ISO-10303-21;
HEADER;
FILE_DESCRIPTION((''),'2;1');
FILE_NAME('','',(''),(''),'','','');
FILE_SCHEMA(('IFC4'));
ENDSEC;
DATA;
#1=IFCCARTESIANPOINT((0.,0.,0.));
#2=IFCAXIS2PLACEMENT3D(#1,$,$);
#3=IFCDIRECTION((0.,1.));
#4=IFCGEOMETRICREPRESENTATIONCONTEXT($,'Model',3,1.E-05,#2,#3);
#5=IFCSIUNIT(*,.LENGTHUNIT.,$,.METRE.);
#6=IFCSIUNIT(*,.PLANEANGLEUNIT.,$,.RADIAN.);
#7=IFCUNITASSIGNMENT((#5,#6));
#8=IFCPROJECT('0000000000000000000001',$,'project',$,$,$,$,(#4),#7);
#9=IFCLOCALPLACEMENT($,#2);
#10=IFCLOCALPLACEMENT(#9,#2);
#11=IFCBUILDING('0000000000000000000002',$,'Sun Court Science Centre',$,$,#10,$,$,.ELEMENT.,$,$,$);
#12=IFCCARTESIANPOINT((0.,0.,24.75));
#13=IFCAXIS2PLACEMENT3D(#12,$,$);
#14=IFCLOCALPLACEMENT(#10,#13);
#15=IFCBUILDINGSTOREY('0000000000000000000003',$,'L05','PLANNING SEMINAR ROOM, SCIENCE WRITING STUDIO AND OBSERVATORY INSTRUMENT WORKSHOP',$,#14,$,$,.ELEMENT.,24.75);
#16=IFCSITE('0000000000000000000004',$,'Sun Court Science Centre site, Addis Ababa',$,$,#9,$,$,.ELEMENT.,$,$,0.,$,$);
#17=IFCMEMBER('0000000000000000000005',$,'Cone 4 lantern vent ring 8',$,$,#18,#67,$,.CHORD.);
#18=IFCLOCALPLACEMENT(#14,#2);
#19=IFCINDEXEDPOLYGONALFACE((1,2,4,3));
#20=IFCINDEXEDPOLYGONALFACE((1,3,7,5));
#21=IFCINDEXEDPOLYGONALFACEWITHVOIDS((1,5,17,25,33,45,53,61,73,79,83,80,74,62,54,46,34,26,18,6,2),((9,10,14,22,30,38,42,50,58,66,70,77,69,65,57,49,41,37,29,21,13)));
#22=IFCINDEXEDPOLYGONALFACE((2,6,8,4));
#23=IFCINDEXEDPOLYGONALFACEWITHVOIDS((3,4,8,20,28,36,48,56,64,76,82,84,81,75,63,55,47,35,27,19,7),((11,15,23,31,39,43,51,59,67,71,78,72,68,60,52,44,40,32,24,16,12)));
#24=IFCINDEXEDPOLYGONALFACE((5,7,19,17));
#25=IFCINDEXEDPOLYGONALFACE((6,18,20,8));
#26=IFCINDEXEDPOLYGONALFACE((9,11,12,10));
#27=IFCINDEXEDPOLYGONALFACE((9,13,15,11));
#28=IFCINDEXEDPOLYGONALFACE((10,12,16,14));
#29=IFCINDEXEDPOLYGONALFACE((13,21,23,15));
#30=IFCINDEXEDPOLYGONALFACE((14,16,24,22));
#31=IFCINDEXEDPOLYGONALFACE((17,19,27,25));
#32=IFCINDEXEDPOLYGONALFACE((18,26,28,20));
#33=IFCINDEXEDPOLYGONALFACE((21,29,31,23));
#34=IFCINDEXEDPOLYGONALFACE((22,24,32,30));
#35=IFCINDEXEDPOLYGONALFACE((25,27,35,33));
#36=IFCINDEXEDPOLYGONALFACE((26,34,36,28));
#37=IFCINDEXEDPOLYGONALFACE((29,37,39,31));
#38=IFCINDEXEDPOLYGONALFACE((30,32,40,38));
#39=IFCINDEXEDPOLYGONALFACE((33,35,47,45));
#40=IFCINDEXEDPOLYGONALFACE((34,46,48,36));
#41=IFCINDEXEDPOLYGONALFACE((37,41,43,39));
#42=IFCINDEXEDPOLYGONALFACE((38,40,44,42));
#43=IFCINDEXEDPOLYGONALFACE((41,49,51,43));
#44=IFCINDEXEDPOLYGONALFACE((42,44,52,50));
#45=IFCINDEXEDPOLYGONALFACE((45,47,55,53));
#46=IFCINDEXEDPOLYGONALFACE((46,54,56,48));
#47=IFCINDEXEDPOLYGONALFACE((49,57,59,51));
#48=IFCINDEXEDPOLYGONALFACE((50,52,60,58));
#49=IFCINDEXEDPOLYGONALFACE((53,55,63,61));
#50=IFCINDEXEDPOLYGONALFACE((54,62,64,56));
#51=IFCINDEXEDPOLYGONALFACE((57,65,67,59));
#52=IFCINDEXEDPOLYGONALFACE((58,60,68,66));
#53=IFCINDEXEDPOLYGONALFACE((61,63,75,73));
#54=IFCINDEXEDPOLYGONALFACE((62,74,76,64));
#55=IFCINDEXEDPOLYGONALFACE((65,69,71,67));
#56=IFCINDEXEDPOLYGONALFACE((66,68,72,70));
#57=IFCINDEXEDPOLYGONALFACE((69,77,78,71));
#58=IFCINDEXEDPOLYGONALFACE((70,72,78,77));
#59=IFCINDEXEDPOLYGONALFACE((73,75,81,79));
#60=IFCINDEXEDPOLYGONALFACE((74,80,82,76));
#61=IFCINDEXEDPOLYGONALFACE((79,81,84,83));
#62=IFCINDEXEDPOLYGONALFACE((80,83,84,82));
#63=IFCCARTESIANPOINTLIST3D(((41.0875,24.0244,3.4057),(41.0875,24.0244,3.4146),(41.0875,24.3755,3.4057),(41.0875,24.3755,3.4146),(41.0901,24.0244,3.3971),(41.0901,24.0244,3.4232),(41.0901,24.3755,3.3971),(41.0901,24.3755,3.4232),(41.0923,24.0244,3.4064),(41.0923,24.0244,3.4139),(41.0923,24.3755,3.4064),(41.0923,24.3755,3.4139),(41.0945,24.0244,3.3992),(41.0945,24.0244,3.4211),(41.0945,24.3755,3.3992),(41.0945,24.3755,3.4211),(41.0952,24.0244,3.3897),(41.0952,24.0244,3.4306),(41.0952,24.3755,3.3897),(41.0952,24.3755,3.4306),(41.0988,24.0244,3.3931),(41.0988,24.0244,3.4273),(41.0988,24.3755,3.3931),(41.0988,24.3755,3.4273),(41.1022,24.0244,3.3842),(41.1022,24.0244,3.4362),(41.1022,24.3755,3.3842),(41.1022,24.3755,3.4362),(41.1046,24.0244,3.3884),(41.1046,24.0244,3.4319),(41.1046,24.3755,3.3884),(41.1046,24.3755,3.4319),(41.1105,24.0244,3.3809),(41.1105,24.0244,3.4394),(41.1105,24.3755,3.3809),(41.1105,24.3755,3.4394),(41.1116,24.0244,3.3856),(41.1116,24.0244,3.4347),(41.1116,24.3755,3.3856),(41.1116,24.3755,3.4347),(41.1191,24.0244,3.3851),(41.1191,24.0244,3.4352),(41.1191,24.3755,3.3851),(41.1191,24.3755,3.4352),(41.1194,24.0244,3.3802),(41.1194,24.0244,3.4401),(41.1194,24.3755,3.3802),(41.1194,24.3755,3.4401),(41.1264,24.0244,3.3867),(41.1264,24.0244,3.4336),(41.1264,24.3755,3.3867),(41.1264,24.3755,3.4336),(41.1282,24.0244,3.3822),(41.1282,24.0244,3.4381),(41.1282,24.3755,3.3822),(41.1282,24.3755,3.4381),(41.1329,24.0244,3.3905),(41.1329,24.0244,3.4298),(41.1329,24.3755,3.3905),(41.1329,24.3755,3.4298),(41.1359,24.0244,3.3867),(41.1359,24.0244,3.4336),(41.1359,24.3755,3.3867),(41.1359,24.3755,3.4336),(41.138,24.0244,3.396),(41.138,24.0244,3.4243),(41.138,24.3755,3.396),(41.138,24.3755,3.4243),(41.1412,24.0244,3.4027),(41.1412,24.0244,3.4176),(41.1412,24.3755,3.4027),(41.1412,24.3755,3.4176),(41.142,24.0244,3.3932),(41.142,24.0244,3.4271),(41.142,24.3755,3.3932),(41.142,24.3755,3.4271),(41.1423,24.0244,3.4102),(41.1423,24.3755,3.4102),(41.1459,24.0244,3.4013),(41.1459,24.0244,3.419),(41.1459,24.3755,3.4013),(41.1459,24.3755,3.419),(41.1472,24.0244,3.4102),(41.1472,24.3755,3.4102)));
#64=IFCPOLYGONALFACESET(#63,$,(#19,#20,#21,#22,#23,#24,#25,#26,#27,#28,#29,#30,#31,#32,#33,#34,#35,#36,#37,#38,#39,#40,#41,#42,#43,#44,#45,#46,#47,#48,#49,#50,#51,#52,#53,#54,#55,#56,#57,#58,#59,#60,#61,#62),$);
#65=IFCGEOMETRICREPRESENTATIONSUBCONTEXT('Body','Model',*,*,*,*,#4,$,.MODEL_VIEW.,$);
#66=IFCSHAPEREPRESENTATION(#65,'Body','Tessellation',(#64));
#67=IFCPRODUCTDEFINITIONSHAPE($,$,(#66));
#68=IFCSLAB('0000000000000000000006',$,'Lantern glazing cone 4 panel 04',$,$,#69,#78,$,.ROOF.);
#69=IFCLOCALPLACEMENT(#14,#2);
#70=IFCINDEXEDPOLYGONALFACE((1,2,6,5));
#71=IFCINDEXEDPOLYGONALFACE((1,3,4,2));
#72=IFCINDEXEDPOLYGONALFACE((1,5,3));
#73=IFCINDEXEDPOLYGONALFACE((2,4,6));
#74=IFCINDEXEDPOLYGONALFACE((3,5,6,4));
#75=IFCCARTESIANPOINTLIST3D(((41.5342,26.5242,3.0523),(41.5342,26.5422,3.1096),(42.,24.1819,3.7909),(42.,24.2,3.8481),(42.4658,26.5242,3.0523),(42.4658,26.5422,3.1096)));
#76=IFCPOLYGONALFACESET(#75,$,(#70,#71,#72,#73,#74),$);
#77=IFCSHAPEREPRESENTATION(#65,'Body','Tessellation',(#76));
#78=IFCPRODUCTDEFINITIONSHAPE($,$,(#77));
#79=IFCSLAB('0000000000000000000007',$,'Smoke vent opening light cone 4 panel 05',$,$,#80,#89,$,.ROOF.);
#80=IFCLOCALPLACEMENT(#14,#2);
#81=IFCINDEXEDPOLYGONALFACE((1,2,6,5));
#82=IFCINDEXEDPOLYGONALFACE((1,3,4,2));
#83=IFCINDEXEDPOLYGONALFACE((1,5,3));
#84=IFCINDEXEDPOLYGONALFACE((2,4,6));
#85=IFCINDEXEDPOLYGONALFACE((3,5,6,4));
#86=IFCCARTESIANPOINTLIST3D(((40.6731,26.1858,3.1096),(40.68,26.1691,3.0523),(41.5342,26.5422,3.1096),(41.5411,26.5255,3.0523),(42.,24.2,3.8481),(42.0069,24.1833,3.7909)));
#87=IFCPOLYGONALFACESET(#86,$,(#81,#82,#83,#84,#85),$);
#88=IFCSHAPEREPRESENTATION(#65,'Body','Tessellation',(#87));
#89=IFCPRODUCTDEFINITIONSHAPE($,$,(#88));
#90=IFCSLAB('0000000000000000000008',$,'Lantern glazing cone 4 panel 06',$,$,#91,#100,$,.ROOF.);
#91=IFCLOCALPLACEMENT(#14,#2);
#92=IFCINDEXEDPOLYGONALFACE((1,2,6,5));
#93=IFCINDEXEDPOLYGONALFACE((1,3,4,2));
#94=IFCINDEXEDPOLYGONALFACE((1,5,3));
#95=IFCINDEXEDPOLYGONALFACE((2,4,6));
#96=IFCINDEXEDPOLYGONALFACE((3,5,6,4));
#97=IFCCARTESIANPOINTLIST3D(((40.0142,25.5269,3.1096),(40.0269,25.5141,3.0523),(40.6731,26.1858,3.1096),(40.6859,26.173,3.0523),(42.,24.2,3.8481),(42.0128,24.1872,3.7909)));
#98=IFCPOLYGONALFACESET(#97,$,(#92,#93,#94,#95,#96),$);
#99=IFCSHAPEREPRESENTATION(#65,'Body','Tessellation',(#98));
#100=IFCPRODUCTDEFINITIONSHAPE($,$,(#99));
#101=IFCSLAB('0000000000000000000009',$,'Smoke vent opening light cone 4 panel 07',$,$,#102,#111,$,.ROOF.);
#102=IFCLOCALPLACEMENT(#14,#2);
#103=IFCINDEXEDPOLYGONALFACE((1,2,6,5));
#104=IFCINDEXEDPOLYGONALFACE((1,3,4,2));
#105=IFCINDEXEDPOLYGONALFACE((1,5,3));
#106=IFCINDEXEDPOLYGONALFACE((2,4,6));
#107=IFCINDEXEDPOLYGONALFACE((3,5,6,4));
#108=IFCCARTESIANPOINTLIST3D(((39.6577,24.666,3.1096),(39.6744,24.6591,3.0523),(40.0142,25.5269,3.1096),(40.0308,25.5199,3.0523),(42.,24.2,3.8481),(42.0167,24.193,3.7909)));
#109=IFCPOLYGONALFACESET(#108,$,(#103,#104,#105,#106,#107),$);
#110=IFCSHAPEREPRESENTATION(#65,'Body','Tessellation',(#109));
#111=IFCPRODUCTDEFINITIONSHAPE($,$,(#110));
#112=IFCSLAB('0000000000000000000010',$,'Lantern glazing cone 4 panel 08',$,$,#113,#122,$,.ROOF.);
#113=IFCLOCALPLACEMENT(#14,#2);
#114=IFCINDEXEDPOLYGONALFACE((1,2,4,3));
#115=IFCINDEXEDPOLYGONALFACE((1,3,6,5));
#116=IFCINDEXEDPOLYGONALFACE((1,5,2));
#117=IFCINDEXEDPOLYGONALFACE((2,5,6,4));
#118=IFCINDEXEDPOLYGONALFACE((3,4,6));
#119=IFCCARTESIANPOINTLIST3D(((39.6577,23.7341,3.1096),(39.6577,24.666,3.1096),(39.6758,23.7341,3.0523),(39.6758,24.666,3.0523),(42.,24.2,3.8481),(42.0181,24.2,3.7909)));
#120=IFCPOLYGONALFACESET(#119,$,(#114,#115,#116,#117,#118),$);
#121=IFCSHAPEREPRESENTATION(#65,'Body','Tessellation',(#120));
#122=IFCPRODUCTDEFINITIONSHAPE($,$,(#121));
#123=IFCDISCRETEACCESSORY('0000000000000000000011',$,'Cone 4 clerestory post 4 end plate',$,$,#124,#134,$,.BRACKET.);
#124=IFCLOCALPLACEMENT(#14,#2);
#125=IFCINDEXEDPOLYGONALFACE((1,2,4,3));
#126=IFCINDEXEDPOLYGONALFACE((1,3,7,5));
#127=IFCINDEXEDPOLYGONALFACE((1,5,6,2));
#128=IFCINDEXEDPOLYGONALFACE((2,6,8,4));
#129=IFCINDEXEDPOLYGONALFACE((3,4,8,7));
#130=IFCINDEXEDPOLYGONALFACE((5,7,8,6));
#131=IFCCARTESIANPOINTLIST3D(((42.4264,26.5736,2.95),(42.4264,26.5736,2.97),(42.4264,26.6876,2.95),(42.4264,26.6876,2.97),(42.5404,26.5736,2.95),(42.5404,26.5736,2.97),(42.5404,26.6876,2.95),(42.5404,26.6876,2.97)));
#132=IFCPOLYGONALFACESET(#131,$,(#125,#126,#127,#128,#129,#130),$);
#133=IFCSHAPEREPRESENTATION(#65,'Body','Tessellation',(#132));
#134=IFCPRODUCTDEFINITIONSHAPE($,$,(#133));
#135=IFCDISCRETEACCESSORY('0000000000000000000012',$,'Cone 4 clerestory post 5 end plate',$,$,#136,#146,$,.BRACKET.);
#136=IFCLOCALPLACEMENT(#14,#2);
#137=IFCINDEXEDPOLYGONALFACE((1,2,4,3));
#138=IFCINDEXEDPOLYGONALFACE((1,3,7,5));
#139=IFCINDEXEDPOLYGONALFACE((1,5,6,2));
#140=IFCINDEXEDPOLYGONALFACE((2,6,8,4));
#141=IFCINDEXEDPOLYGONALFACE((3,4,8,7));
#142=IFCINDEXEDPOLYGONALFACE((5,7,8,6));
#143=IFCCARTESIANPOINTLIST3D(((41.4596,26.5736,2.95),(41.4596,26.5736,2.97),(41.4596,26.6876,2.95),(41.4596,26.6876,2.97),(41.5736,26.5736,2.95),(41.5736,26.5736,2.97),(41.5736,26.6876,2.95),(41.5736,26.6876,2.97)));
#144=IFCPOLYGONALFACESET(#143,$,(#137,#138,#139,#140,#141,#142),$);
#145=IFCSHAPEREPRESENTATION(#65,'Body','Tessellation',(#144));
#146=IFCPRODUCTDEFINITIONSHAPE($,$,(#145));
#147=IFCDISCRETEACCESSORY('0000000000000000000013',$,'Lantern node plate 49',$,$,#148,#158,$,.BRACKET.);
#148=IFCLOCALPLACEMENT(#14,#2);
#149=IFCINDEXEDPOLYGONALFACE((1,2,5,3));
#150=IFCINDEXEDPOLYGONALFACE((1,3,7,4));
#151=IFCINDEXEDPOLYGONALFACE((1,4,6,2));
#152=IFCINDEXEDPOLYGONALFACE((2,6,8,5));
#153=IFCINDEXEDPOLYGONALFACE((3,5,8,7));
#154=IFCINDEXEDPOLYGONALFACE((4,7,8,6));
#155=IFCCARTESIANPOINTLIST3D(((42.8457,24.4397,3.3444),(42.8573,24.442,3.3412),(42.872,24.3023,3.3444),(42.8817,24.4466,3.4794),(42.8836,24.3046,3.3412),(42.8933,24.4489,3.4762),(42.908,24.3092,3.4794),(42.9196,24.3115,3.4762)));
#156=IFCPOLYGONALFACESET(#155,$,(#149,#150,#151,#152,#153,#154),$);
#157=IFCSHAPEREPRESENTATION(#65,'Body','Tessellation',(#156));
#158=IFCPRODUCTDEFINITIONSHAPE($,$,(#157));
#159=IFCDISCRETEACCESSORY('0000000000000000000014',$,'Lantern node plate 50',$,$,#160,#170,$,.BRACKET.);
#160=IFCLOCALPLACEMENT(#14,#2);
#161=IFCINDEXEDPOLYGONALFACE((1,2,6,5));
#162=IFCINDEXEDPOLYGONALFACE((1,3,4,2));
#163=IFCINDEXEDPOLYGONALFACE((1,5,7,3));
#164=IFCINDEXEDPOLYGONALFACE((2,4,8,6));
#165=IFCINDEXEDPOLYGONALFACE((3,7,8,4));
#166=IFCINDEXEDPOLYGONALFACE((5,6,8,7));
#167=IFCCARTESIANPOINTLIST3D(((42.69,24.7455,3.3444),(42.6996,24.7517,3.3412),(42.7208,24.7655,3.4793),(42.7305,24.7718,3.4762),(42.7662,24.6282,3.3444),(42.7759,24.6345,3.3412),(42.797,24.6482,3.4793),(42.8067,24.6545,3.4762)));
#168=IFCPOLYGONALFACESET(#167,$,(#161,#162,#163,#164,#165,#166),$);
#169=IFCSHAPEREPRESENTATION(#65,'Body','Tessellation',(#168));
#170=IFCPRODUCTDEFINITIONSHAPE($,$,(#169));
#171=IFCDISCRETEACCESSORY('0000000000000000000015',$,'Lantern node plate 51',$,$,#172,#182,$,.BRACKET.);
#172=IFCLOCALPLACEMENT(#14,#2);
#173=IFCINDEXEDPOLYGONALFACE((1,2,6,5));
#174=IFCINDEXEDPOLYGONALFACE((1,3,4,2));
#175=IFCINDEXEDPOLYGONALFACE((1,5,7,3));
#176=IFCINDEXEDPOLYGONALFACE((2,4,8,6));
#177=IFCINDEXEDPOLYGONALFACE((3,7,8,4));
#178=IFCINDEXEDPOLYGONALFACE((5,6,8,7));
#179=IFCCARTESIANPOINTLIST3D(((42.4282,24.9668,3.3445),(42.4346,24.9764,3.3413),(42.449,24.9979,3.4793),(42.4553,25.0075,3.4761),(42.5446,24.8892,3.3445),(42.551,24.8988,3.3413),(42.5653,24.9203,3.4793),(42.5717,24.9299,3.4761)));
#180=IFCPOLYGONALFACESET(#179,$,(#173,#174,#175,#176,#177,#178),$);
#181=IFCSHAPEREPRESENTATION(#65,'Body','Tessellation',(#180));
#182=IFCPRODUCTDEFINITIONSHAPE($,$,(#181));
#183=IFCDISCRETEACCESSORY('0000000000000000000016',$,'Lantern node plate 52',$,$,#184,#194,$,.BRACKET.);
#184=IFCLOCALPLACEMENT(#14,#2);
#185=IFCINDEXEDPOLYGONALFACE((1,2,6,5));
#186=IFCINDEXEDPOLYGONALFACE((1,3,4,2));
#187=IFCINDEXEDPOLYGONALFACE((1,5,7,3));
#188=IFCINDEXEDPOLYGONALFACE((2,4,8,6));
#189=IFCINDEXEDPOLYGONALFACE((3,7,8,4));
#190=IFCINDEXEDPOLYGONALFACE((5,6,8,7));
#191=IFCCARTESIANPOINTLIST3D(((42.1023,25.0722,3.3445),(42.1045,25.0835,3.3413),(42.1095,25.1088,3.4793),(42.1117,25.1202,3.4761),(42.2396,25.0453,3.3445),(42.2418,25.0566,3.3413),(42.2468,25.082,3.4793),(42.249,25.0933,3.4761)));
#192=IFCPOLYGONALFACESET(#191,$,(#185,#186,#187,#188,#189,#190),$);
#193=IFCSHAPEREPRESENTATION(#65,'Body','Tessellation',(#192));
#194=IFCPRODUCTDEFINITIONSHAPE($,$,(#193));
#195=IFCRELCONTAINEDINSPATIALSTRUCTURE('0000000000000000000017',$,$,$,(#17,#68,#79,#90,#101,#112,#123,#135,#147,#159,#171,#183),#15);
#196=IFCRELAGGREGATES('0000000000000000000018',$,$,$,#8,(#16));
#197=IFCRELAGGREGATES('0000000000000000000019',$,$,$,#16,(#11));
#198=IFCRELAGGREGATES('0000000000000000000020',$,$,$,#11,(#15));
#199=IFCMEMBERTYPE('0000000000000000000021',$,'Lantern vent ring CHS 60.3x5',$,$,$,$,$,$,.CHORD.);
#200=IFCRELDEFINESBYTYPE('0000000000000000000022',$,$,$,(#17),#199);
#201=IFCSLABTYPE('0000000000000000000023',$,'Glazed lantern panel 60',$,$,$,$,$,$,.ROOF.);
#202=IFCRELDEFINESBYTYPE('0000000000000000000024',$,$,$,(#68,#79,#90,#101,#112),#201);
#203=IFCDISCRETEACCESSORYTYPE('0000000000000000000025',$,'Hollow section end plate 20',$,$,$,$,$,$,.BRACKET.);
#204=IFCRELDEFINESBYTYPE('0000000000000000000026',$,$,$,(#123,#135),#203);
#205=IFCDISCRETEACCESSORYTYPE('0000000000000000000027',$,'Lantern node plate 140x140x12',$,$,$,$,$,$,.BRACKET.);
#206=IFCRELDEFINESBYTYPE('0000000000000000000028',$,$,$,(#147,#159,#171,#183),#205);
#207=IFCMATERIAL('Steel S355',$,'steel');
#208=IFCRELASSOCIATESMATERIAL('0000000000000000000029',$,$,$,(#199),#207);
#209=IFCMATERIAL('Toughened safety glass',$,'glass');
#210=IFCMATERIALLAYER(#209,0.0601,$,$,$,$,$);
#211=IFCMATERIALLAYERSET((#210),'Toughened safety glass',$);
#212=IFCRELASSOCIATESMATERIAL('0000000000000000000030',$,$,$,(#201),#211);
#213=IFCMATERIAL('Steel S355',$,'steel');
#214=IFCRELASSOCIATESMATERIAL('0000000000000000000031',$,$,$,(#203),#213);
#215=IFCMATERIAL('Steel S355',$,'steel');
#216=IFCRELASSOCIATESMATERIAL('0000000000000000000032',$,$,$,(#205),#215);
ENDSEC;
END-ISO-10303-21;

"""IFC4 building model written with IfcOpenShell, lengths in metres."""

from ifc_helpers import new_model, si_unit, direction, frame, origin, origin_2d, place, context, subcontext, project, spatial, polyline, rectangle, hollow_circle, outline, extrude, material, layer, layer_set, material_profile, profile_set, type_object, element, save


model = new_model("IFC4")

# Units and contexts
model_context = context("Model", 3, precision=1e-05, world=origin(), true_north=direction((0.0, 1.0)))
body_context = subcontext(model_context, "Body", "Model", "MODEL_VIEW")
ifc_project = project(units=[si_unit("LENGTHUNIT", "METRE"), si_unit("PLANEANGLEUNIT", "RADIAN")], contexts=[model_context])

# Site, building, storey
site_placement = place(None, origin())
site = spatial("IfcSite", under=ifc_project, at=site_placement, Name="Sun Court Science Centre site, Addis Ababa", CompositionType="ELEMENT", RefElevation=0.0)
building_placement = place(site_placement, origin())
building = spatial("IfcBuilding", under=site, at=building_placement, Name="Sun Court Science Centre", CompositionType="ELEMENT")
storey_placement = place(building_placement, frame((0.0, 0.0, 24.75)))
storey = spatial("IfcBuildingStorey", under=building, at=storey_placement, Name="L05", Description="PLANNING SEMINAR ROOM, SCIENCE WRITING STUDIO AND OBSERVATORY INSTRUMENT WORKSHOP", CompositionType="ELEMENT", Elevation=24.75)

# Member
ifc_material_1 = material(Name="Steel S355", Category="steel")
ifc_material_profile_1 = material_profile(ifc_material_1, hollow_circle(Radius=0.03, WallThickness=0.0049, at=origin_2d()), Name="CHS 60.3x5")
ifc_profile_set_1 = profile_set([ifc_material_profile_1], Name="Steel S355")
member_type_1 = type_object("IfcMemberType", Name="Lantern vent ring CHS 60.3x5", PredefinedType="CHORD", material=ifc_profile_set_1)
member_1_placement = place(storey_placement, frame((41.1172, 24.3755, 3.4102), z_axis=(0.0, -1.0, 0.0), x_axis=(1.0, 0.0, 0.0)))
element("IfcMember", 1, at=member_1_placement, inside=storey, type_object=member_type_1, Name="Cone 4 lantern vent ring 8", PredefinedType="CHORD", context=body_context, shape_type="SweptSolid", body=[
    extrude(hollow_circle(Radius=0.03, WallThickness=0.0049, at=origin_2d()), origin(), (0.0, 0.0, 1.0), 0.3511),
])

# Slabs
ifc_material_2 = material(Name="Toughened safety glass", Category="glass")
ifc_layer = layer(ifc_material_2, 0.0601)
ifc_layer_set = layer_set([ifc_layer], Name="Toughened safety glass")
slab_type = type_object("IfcSlabType", Name="Glazed lantern panel 60", PredefinedType="ROOF", material=ifc_layer_set)
slab_1_placement = place(storey_placement, frame((42.4658, 26.5422, 3.1096), z_axis=(0.0, 0.300708, 0.953716), x_axis=(-1.0, 0.0, 0.0)))
element("IfcSlab", 2, at=slab_1_placement, inside=storey, type_object=slab_type, Name="Lantern glazing cone 4 panel 04", PredefinedType="ROOF", context=body_context, shape_type="SweptSolid", body=[
    extrude(outline(polyline([(0.0, 0.0), (0.9316, 0.0), (0.4658, 2.456), (0.0, 0.0)])), origin(), (0.0, 0.0, -1.0), 0.0601),
])
slab_2_placement = place(storey_placement, frame((41.5342, 26.5422, 3.1096), z_axis=(-0.11501, 0.277836, 0.953719), x_axis=(-0.923966, -0.382475, 0.0)))
element("IfcSlab", 3, at=slab_2_placement, inside=storey, type_object=slab_type, Name="Smoke vent opening light cone 4 panel 05", PredefinedType="ROOF", context=body_context, shape_type="SweptSolid", body=[
    extrude(outline(polyline([(0.0, 0.0), (0.9319, 0.0), (0.4655, 2.456), (0.0, 0.0)])), origin(), (0.0, 0.0, -1.0), 0.0601),
])
slab_3_placement = place(storey_placement, frame((40.6731, 26.1858, 3.1096), z_axis=(-0.212618, 0.212618, 0.953723), x_axis=(-0.707107, -0.707107, 0.0)))
element("IfcSlab", 4, at=slab_3_placement, inside=storey, type_object=slab_type, Name="Lantern glazing cone 4 panel 06", PredefinedType="ROOF", context=body_context, shape_type="SweptSolid", body=[
    extrude(outline(polyline([(0.0, 0.0), (0.9319, 0.0), (0.4659, 2.4561), (0.0, 0.0)])), origin(), (0.0, 0.0, -1.0), 0.0601),
])
slab_4_placement = place(storey_placement, frame((40.0142, 25.5269, 3.1096), z_axis=(-0.27782, 0.115036, 0.953721), x_axis=(-0.382568, -0.923927, 0.0)))
element("IfcSlab", 5, at=slab_4_placement, inside=storey, type_object=slab_type, Name="Smoke vent opening light cone 4 panel 07", PredefinedType="ROOF", context=body_context, shape_type="SweptSolid", body=[
    extrude(outline(polyline([(0.0, 0.0), (0.9317, 0.0), (0.4662, 2.4561), (0.0, 0.0)])), origin(), (0.0, 0.0, -1.0), 0.0601),
])
slab_5_placement = place(storey_placement, frame((39.6577, 24.666, 3.1096), z_axis=(-0.300708, 0.0, 0.953716), x_axis=(0.0, -1.0, 0.0)))
element("IfcSlab", 6, at=slab_5_placement, inside=storey, type_object=slab_type, Name="Lantern glazing cone 4 panel 08", PredefinedType="ROOF", context=body_context, shape_type="SweptSolid", body=[
    extrude(outline(polyline([(0.0, 0.0), (0.9319, 0.0), (0.4661, 2.456), (0.0, 0.0)])), origin(), (0.0, 0.0, -1.0), 0.0601),
])

# Discrete accessories
ifc_material_3 = material(Name="Steel S355", Category="steel")
discrete_accessory_type_1 = type_object("IfcDiscreteAccessoryType", Name="Hollow section end plate 20", PredefinedType="BRACKET", material=ifc_material_3)
for number, where, z_axis, x_axis, name in (
    (7, (42.4834, 26.6306, 2.95), (0.0, 0.0, 1.0), (1.0, 0.0, 0.0), "Cone 4 clerestory post 4 end plate"),
    (8, (41.5166, 26.6306, 2.95), (0.0, 0.0, 1.0), (1.0, 0.0, 0.0), "Cone 4 clerestory post 5 end plate"),
):
    element("IfcDiscreteAccessory", number, at=place(storey_placement, frame(where, z_axis=z_axis, x_axis=x_axis)), inside=storey, type_object=discrete_accessory_type_1, Name=name, PredefinedType="BRACKET", context=body_context, shape_type="SweptSolid", body=[
        extrude(rectangle(XDim=0.114, YDim=0.114, at=origin_2d()), origin(), (0.0, 0.0, 1.0), 0.02),
    ])
ifc_material_4 = material(Name="Steel S355", Category="steel")
ifc_material_profile_2 = material_profile(ifc_material_4, rectangle(XDim=0.1399, YDim=0.1399, at=origin_2d()), Name="PL 140x140")
ifc_profile_set_2 = profile_set([ifc_material_profile_2], Name="Steel S355")
discrete_accessory_type_2 = type_object("IfcDiscreteAccessoryType", Name="Lantern node plate 140x140x12", PredefinedType="BRACKET", material=ifc_profile_set_2)
discrete_accessory_1_placement = place(storey_placement, frame((42.8884, 24.3767, 3.4087), z_axis=(-0.947804, -0.181494, 0.262159), x_axis=(0.188072, -0.982155, 0.0)))
element("IfcDiscreteAccessory", 9, at=discrete_accessory_1_placement, inside=storey, type_object=discrete_accessory_type_2, Name="Lantern node plate 49", PredefinedType="BRACKET", context=body_context, shape_type="SweptSolid", body=[
    extrude(rectangle(XDim=0.1399, YDim=0.1399, at=origin_2d()), origin(), (0.0, 0.0, 1.0), 0.0122),
])
for number, where, z_axis, x_axis, name in (
    (10, (42.7532, 24.7031, 3.4087), (-0.808948, -0.525816, 0.262908), (0.544988, -0.838444, 0.0), "Lantern node plate 50"),
    (11, (42.5032, 24.9531, 3.4087), (-0.534522, -0.801784, 0.267261), (0.83205, -0.5547, 0.0), "Lantern node plate 51"),
    (12, (42.1768, 25.0884, 3.4087), (-0.185027, -0.945694, 0.267261), (0.981393, -0.192012, 0.0), "Lantern node plate 52"),
):
    element("IfcDiscreteAccessory", number, at=place(storey_placement, frame(where, z_axis=z_axis, x_axis=x_axis)), inside=storey, type_object=discrete_accessory_type_2, Name=name, PredefinedType="BRACKET", context=body_context, shape_type="SweptSolid", body=[
        extrude(rectangle(XDim=0.1399, YDim=0.1399, at=origin_2d()), origin(), (0.0, 0.0, 1.0), 0.012),
    ])

save(model, "model.ifc")
